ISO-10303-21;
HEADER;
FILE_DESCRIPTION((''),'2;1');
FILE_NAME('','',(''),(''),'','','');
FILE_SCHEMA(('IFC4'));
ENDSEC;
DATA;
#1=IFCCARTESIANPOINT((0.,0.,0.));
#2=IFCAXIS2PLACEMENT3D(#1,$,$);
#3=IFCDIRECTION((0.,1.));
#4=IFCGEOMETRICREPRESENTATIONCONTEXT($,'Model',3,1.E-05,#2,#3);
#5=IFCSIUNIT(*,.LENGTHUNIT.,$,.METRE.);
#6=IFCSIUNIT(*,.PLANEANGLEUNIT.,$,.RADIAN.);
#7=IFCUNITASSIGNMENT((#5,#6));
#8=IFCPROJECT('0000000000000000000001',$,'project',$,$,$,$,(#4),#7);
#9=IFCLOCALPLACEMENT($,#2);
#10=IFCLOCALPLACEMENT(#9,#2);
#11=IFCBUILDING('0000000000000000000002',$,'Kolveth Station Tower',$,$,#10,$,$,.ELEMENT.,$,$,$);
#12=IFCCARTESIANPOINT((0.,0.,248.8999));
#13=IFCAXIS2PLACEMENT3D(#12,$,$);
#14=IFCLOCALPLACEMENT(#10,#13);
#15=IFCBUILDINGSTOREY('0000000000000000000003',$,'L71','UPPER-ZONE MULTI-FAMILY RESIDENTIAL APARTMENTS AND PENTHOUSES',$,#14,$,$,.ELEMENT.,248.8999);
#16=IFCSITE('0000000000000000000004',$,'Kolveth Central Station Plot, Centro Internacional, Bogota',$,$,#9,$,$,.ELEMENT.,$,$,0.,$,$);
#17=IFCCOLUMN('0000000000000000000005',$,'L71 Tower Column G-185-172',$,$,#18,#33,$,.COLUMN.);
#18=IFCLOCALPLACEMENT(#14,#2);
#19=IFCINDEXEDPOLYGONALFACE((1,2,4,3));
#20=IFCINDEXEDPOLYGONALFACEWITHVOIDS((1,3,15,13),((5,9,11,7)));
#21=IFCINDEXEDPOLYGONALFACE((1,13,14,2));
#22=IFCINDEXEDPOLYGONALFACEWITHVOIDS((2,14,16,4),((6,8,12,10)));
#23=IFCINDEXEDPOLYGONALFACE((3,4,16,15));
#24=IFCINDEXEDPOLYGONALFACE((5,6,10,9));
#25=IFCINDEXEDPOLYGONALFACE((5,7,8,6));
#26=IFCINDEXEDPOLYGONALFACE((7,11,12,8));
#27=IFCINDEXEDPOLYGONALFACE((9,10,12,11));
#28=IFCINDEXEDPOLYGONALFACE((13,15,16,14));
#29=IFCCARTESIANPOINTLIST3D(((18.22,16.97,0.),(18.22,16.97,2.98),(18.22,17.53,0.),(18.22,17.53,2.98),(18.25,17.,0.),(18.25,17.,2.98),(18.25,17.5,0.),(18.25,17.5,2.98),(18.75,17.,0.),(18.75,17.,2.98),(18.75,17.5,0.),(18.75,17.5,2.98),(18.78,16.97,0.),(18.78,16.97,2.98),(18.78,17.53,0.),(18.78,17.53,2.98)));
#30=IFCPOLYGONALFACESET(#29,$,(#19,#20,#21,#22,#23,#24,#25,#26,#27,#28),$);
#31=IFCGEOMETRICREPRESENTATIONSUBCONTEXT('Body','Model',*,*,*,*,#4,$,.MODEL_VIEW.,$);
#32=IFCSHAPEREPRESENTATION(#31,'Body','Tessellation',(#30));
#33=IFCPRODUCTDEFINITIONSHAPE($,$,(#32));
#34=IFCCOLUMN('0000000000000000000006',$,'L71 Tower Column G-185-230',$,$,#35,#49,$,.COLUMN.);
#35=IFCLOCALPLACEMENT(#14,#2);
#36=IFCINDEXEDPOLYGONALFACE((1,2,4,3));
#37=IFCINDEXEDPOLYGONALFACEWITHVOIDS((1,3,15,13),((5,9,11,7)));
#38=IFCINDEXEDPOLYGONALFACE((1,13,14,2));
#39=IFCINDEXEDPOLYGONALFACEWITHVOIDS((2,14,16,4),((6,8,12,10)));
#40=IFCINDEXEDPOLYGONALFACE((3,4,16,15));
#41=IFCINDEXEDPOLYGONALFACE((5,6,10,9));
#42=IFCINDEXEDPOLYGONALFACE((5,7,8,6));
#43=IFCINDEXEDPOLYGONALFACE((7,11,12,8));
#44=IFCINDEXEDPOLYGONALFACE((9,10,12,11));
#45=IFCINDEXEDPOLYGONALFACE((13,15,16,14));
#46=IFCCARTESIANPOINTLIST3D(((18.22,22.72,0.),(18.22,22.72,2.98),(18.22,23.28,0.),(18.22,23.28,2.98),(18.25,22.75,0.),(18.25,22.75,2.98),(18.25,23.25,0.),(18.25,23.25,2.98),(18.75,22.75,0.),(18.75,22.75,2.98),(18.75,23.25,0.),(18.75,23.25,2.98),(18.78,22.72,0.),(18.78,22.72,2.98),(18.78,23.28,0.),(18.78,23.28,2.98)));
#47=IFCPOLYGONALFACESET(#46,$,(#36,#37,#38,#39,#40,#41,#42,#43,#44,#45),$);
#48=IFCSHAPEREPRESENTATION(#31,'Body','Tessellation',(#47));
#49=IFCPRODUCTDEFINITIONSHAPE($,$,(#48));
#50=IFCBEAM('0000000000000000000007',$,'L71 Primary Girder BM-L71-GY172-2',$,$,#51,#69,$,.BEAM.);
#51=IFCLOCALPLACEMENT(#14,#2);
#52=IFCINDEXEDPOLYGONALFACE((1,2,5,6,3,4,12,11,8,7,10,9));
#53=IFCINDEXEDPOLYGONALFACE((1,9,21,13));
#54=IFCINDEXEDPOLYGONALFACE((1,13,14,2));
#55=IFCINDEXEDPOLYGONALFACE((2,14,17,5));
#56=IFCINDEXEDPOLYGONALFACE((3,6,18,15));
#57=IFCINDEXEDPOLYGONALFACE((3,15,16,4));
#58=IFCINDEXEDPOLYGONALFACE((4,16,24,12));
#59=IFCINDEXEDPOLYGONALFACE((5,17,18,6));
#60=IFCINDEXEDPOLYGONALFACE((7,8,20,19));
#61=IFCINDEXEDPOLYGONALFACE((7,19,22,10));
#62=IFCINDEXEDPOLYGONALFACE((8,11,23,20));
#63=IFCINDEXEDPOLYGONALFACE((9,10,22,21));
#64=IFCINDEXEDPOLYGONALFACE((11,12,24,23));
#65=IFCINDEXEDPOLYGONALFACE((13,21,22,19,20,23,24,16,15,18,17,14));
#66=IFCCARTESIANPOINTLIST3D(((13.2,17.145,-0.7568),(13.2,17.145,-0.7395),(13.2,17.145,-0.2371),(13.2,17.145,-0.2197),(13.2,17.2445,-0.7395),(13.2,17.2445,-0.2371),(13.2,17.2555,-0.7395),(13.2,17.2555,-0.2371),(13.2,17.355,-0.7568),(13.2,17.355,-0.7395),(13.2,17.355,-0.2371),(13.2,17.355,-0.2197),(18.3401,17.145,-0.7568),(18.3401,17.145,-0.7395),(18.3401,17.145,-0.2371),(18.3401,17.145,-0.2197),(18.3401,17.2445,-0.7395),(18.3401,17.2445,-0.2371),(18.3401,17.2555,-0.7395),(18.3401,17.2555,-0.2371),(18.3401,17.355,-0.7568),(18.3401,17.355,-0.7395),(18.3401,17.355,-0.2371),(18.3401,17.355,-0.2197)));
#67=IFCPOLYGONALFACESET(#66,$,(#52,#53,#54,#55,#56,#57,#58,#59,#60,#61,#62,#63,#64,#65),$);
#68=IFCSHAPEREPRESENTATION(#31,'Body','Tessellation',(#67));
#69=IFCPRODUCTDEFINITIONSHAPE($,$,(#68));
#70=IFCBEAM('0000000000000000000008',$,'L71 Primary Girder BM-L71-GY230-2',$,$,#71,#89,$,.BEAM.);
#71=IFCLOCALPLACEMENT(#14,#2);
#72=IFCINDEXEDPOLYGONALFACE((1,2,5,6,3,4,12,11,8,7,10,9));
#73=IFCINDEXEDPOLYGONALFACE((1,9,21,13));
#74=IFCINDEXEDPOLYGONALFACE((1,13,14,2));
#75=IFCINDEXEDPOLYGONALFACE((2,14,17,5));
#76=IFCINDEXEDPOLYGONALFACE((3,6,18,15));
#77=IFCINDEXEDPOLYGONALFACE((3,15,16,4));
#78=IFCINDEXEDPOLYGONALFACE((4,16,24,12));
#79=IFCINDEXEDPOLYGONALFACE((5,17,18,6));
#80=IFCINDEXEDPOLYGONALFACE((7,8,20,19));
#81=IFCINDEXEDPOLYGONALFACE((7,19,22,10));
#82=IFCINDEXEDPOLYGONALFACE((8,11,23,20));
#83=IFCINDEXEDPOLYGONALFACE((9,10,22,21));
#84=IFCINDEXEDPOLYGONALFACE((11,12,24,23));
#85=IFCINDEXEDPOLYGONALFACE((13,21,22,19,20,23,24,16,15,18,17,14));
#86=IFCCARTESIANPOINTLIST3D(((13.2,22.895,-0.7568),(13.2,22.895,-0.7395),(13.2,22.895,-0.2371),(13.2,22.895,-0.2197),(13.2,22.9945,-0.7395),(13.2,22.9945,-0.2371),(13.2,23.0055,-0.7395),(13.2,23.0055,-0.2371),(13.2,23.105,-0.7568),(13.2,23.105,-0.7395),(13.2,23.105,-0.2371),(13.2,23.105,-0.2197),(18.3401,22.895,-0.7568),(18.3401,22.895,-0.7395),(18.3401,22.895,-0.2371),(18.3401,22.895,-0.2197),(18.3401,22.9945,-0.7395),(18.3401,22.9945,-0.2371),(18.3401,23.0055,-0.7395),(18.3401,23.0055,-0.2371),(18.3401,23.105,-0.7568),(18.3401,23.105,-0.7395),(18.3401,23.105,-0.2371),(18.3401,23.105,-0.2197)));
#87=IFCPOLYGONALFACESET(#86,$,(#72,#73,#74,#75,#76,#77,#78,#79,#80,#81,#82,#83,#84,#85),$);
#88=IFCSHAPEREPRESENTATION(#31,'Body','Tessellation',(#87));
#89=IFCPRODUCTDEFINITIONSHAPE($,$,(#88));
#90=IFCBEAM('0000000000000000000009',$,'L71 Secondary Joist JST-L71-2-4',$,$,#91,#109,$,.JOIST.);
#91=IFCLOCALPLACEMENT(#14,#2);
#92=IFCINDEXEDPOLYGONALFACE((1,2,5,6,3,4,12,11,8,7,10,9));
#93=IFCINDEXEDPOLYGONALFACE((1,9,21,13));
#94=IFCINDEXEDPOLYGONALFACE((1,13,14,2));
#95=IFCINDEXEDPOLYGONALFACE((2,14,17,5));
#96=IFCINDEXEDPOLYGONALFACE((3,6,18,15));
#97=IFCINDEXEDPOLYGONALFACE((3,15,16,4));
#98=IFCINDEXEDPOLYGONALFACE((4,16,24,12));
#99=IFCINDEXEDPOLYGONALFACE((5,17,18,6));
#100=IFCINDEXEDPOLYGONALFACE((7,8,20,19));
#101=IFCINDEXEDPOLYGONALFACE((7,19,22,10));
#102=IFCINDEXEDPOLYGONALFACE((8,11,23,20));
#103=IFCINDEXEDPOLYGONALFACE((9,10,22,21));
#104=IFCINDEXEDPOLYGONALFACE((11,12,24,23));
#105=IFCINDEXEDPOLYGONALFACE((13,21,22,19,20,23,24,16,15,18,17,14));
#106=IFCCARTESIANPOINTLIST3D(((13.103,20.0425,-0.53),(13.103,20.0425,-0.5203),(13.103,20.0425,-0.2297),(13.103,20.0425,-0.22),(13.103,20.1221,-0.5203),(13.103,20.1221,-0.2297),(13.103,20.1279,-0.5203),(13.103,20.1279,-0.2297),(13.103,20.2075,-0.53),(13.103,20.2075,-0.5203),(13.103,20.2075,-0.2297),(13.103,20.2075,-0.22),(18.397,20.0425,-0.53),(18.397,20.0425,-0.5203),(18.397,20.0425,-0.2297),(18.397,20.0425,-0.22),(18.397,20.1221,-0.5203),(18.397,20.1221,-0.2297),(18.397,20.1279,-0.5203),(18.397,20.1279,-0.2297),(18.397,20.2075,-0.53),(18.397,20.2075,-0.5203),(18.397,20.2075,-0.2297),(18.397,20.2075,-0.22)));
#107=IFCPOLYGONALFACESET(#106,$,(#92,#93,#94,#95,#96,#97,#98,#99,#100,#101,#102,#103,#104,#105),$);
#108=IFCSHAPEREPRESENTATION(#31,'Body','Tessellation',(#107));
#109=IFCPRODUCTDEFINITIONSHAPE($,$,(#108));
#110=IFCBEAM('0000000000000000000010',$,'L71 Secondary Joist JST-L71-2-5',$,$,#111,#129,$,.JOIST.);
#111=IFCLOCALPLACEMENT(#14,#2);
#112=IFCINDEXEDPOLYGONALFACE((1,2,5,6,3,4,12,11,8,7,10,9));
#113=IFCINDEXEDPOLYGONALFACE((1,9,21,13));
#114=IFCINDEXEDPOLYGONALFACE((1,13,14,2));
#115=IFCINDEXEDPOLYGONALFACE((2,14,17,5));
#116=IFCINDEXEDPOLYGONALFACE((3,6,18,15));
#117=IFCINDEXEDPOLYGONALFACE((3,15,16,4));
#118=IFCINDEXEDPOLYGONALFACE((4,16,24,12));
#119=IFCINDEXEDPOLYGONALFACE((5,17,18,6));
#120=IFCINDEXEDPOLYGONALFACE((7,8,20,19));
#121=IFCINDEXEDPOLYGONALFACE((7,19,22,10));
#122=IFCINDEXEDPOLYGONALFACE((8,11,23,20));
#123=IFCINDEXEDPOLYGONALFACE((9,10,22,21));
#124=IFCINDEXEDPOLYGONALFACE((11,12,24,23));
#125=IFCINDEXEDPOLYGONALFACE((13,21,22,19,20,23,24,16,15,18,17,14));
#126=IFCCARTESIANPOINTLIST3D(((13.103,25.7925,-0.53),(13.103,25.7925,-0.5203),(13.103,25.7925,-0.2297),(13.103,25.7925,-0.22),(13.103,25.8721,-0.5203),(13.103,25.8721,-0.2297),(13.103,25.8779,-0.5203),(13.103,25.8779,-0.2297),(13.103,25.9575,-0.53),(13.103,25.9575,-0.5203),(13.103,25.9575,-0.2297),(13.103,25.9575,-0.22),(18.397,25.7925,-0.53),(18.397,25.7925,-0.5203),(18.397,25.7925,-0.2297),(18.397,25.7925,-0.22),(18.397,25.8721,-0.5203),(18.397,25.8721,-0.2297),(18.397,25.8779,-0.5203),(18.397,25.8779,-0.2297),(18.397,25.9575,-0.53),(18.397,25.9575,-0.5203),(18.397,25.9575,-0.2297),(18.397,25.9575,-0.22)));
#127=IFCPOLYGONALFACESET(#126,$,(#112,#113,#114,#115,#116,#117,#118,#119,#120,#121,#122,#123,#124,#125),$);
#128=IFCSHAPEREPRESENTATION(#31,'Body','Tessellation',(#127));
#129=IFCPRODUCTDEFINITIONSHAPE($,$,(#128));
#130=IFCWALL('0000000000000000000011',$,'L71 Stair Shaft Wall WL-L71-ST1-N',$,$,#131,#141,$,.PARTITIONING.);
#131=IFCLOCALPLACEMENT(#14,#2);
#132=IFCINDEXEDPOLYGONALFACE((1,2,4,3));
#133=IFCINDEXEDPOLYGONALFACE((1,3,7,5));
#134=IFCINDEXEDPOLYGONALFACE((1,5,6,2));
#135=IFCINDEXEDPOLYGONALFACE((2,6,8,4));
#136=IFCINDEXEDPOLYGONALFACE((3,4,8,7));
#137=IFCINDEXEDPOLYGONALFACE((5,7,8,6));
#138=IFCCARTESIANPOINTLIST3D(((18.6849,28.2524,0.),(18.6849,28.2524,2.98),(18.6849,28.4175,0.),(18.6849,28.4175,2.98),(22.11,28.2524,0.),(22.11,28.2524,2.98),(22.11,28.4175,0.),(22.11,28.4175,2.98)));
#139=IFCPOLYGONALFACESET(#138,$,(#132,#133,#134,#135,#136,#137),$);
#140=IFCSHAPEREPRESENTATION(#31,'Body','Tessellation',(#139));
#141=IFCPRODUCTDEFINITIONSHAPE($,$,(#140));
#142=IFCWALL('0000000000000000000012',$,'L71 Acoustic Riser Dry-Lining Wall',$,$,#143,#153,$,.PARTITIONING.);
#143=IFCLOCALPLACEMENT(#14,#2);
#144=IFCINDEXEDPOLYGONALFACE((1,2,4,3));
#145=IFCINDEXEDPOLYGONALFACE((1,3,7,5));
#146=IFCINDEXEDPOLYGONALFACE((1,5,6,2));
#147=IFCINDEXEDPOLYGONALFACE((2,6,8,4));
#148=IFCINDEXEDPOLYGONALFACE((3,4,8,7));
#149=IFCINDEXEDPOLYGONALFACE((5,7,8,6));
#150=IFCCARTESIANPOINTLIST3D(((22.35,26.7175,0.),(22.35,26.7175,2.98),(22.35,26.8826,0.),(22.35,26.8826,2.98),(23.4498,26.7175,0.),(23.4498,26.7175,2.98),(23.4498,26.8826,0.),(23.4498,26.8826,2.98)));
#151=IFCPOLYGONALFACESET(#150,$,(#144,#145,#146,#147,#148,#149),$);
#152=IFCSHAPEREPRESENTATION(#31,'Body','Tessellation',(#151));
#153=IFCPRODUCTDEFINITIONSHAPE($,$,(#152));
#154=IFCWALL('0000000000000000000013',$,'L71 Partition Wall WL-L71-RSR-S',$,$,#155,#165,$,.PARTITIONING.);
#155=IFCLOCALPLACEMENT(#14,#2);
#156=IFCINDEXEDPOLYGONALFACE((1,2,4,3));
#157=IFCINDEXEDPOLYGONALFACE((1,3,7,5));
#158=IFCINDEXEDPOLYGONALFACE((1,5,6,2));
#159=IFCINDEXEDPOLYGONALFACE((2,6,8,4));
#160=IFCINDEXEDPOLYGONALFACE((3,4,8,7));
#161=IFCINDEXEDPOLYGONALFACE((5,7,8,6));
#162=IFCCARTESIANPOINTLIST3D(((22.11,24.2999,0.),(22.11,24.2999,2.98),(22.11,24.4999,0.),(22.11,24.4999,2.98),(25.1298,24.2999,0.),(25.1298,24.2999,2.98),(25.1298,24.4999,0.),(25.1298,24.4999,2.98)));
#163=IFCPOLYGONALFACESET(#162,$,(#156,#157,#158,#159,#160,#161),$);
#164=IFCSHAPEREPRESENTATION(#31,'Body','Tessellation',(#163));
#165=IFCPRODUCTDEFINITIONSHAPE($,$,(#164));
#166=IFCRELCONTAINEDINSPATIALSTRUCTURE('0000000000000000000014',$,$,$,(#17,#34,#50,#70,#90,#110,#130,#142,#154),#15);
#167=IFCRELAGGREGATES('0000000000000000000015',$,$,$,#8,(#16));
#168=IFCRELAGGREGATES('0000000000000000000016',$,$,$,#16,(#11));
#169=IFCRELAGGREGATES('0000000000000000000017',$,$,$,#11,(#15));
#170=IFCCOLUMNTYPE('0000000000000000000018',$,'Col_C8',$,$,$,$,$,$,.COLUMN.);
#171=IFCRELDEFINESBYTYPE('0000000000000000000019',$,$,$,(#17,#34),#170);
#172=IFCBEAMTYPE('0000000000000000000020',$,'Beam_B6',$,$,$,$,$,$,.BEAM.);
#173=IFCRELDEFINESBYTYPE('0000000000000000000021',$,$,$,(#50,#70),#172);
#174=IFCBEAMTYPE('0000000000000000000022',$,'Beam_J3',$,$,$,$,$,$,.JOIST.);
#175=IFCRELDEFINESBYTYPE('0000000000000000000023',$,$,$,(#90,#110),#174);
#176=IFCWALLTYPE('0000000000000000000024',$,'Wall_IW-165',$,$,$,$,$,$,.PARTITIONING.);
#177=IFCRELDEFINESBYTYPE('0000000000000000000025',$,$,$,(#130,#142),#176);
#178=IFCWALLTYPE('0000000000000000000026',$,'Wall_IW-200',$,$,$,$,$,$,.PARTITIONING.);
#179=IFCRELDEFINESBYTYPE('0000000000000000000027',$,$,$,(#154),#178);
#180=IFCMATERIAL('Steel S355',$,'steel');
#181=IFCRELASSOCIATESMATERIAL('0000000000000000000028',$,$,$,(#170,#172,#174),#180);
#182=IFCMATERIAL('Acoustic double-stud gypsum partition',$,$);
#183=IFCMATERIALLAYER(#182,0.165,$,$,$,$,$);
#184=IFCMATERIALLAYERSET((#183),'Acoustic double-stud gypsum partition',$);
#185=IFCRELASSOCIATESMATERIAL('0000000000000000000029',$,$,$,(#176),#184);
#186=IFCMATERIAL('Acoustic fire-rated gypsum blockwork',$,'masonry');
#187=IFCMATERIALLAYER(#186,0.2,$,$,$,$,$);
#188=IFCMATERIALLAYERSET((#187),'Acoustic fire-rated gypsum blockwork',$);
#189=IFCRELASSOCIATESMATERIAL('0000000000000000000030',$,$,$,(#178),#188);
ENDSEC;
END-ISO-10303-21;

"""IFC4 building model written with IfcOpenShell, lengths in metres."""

from ifc_helpers import new_model, si_unit, direction, frame, frame_2d, origin, origin_2d, place, context, subcontext, project, spatial, rectangle, hollow_rectangle, i_section, extrude, source, transform, mapped, material, layer, layer_set, material_profile, profile_set, type_object, element, save


model = new_model("IFC4")

# Units and contexts
model_context = context("Model", 3, precision=1e-05, world=origin(), true_north=direction((0.0, 1.0)))
body_context = subcontext(model_context, "Body", "Model", "MODEL_VIEW")
ifc_project = project(units=[si_unit("LENGTHUNIT", "METRE"), si_unit("PLANEANGLEUNIT", "RADIAN")], contexts=[model_context])

# Site, building, storey
site_placement = place(None, origin())
site = spatial("IfcSite", under=ifc_project, at=site_placement, Name="Kolveth Central Station Plot, Centro Internacional, Bogota", CompositionType="ELEMENT", RefElevation=0.0)
building_placement = place(site_placement, origin())
building = spatial("IfcBuilding", under=site, at=building_placement, Name="Kolveth Station Tower", CompositionType="ELEMENT")
storey_placement = place(building_placement, frame((0.0, 0.0, 248.8999)))
storey = spatial("IfcBuildingStorey", under=building, at=storey_placement, Name="L71", Description="UPPER-ZONE MULTI-FAMILY RESIDENTIAL APARTMENTS AND PENTHOUSES", CompositionType="ELEMENT", Elevation=248.8999)

# Columns
ifc_material_1 = material(Name="Steel S355", Category="steel")
ifc_material_profile_1 = material_profile(ifc_material_1, hollow_rectangle(XDim=0.5601, YDim=0.5601, WallThickness=0.03, at=origin_2d()), Name="BOX560x560x30")
ifc_profile_set_1 = profile_set([ifc_material_profile_1], Name="Steel S355")
column_type = type_object("IfcColumnType", Name="Col_C8", PredefinedType="COLUMN", material=ifc_profile_set_1)
shared_shape_1 = source(origin(), body_context, "Body", "SweptSolid", [
    extrude(hollow_rectangle(XDim=0.5601, YDim=0.5601, WallThickness=0.03, at=origin_2d()), origin(), (0.0, 0.0, 1.0), 2.98),
])
for number, where, z_axis, x_axis, name in (
    (1, (18.5, 17.25, 0.0), (0.0, 0.0, 1.0), (1.0, 0.0, 0.0), "L71 Tower Column G-185-172"),
    (2, (18.5, 23.0, 0.0), (0.0, 0.0, 1.0), (1.0, 0.0, 0.0), "L71 Tower Column G-185-230"),
):
    element("IfcColumn", number, at=place(storey_placement, frame(where, z_axis=z_axis, x_axis=x_axis)), inside=storey, type_object=column_type, Name=name, PredefinedType="COLUMN", context=body_context, shape_type="MappedRepresentation", body=[
        mapped(shared_shape_1, transform((0.0, 0.0, 0.0), x_axis=(1.0, 0.0, 0.0), y_axis=(0.0, 1.0, 0.0), z_axis=(0.0, 0.0, 1.0), scale=1.0)),
    ])

# Beams
ifc_material_profile_2 = material_profile(ifc_material_1, i_section(OverallWidth=0.21, OverallDepth=0.5371, WebThickness=0.011, FlangeThickness=0.0173, at=origin_2d()), Name="W530x101")
ifc_profile_set_2 = profile_set([ifc_material_profile_2], Name="Steel S355")
beam_type_1 = type_object("IfcBeamType", Name="Beam_B6", PredefinedType="BEAM", material=ifc_profile_set_2)
shared_shape_2 = source(origin(), body_context, "Body", "SweptSolid", [
    extrude(i_section(OverallWidth=0.21, OverallDepth=0.5371, WebThickness=0.011, FlangeThickness=0.0173, at=origin_2d()), origin(), (0.0, 0.0, 1.0), 5.1401),
])
for number, where, z_axis, x_axis, name in (
    (3, (13.2, 17.25, -0.4883), (1.0, 0.0, 0.0), (0.0, 1.0, 0.0), "L71 Primary Girder BM-L71-GY172-2"),
    (4, (13.2, 23.0, -0.4883), (1.0, 0.0, 0.0), (0.0, 1.0, 0.0), "L71 Primary Girder BM-L71-GY230-2"),
):
    element("IfcBeam", number, at=place(storey_placement, frame(where, z_axis=z_axis, x_axis=x_axis)), inside=storey, type_object=beam_type_1, Name=name, PredefinedType="BEAM", context=body_context, shape_type="MappedRepresentation", body=[
        mapped(shared_shape_2, transform((0.0, 0.0, 0.0), x_axis=(1.0, 0.0, 0.0), y_axis=(0.0, 1.0, 0.0), z_axis=(0.0, 0.0, 1.0), scale=1.0)),
    ])
ifc_material_profile_3 = material_profile(ifc_material_1, i_section(OverallWidth=0.165, OverallDepth=0.3101, WebThickness=0.0059, FlangeThickness=0.0098, at=origin_2d()), Name="W310x39")
ifc_profile_set_3 = profile_set([ifc_material_profile_3], Name="Steel S355")
beam_type_2 = type_object("IfcBeamType", Name="Beam_J3", PredefinedType="JOIST", material=ifc_profile_set_3)
shared_shape_3 = source(origin(), body_context, "Body", "SweptSolid", [
    extrude(i_section(OverallWidth=0.165, OverallDepth=0.3101, WebThickness=0.0059, FlangeThickness=0.0098, at=origin_2d()), origin(), (0.0, 0.0, 1.0), 5.2939),
])
for number, where, z_axis, x_axis, name in (
    (5, (13.103, 20.125, -0.375), (1.0, 0.0, 0.0), (0.0, 1.0, 0.0), "L71 Secondary Joist JST-L71-2-4"),
    (6, (13.103, 25.875, -0.375), (1.0, 0.0, 0.0), (0.0, 1.0, 0.0), "L71 Secondary Joist JST-L71-2-5"),
):
    element("IfcBeam", number, at=place(storey_placement, frame(where, z_axis=z_axis, x_axis=x_axis)), inside=storey, type_object=beam_type_2, Name=name, PredefinedType="JOIST", context=body_context, shape_type="MappedRepresentation", body=[
        mapped(shared_shape_3, transform((0.0, 0.0, 0.0), x_axis=(1.0, 0.0, 0.0), y_axis=(0.0, 1.0, 0.0), z_axis=(0.0, 0.0, 1.0), scale=1.0)),
    ])

# Walls
ifc_material_2 = material(Name="Acoustic double-stud gypsum partition")
ifc_layer_1 = layer(ifc_material_2, 0.165)
ifc_layer_set_1 = layer_set([ifc_layer_1], Name="Acoustic double-stud gypsum partition")
wall_type_1 = type_object("IfcWallType", Name="Wall_IW-165", PredefinedType="PARTITIONING", material=ifc_layer_set_1)
wall_1_placement = place(storey_placement, frame((18.6851, 28.335, 0.0), z_axis=(0.0, 0.0, 1.0), x_axis=(1.0, 0.0, 0.0)))
element("IfcWall", 7, at=wall_1_placement, inside=storey, type_object=wall_type_1, Name="L71 Stair Shaft Wall WL-L71-ST1-N", PredefinedType="PARTITIONING", context=body_context, shape_type="SweptSolid", body=[
    extrude(rectangle(XDim=3.425, YDim=0.165, at=frame_2d((1.7124, 0.0))), origin(), (0.0, 0.0, 1.0), 2.98),
])
wall_2_placement = place(storey_placement, frame((22.3501, 26.8, 0.0), z_axis=(0.0, 0.0, 1.0), x_axis=(1.0, 0.0, 0.0)))
element("IfcWall", 8, at=wall_2_placement, inside=storey, type_object=wall_type_1, Name="L71 Acoustic Riser Dry-Lining Wall", PredefinedType="PARTITIONING", context=body_context, shape_type="SweptSolid", body=[
    extrude(rectangle(XDim=1.0999, YDim=0.165, at=frame_2d((0.5498, 0.0))), origin(), (0.0, 0.0, 1.0), 2.98),
])
ifc_material_3 = material(Name="Acoustic fire-rated gypsum blockwork", Category="masonry")
ifc_layer_2 = layer(ifc_material_3, 0.2)
ifc_layer_set_2 = layer_set([ifc_layer_2], Name="Acoustic fire-rated gypsum blockwork")
wall_type_2 = type_object("IfcWallType", Name="Wall_IW-200", PredefinedType="PARTITIONING", material=ifc_layer_set_2)
wall_3_placement = place(storey_placement, frame((22.1101, 24.3999, 0.0), z_axis=(0.0, 0.0, 1.0), x_axis=(1.0, 0.0, 0.0)))
element("IfcWall", 9, at=wall_3_placement, inside=storey, type_object=wall_type_2, Name="L71 Partition Wall WL-L71-RSR-S", PredefinedType="PARTITIONING", context=body_context, shape_type="SweptSolid", body=[
    extrude(rectangle(XDim=3.0198, YDim=0.2, at=frame_2d((1.5098, 0.0))), origin(), (0.0, 0.0, 1.0), 2.98),
])

save(model, "model.ifc")
